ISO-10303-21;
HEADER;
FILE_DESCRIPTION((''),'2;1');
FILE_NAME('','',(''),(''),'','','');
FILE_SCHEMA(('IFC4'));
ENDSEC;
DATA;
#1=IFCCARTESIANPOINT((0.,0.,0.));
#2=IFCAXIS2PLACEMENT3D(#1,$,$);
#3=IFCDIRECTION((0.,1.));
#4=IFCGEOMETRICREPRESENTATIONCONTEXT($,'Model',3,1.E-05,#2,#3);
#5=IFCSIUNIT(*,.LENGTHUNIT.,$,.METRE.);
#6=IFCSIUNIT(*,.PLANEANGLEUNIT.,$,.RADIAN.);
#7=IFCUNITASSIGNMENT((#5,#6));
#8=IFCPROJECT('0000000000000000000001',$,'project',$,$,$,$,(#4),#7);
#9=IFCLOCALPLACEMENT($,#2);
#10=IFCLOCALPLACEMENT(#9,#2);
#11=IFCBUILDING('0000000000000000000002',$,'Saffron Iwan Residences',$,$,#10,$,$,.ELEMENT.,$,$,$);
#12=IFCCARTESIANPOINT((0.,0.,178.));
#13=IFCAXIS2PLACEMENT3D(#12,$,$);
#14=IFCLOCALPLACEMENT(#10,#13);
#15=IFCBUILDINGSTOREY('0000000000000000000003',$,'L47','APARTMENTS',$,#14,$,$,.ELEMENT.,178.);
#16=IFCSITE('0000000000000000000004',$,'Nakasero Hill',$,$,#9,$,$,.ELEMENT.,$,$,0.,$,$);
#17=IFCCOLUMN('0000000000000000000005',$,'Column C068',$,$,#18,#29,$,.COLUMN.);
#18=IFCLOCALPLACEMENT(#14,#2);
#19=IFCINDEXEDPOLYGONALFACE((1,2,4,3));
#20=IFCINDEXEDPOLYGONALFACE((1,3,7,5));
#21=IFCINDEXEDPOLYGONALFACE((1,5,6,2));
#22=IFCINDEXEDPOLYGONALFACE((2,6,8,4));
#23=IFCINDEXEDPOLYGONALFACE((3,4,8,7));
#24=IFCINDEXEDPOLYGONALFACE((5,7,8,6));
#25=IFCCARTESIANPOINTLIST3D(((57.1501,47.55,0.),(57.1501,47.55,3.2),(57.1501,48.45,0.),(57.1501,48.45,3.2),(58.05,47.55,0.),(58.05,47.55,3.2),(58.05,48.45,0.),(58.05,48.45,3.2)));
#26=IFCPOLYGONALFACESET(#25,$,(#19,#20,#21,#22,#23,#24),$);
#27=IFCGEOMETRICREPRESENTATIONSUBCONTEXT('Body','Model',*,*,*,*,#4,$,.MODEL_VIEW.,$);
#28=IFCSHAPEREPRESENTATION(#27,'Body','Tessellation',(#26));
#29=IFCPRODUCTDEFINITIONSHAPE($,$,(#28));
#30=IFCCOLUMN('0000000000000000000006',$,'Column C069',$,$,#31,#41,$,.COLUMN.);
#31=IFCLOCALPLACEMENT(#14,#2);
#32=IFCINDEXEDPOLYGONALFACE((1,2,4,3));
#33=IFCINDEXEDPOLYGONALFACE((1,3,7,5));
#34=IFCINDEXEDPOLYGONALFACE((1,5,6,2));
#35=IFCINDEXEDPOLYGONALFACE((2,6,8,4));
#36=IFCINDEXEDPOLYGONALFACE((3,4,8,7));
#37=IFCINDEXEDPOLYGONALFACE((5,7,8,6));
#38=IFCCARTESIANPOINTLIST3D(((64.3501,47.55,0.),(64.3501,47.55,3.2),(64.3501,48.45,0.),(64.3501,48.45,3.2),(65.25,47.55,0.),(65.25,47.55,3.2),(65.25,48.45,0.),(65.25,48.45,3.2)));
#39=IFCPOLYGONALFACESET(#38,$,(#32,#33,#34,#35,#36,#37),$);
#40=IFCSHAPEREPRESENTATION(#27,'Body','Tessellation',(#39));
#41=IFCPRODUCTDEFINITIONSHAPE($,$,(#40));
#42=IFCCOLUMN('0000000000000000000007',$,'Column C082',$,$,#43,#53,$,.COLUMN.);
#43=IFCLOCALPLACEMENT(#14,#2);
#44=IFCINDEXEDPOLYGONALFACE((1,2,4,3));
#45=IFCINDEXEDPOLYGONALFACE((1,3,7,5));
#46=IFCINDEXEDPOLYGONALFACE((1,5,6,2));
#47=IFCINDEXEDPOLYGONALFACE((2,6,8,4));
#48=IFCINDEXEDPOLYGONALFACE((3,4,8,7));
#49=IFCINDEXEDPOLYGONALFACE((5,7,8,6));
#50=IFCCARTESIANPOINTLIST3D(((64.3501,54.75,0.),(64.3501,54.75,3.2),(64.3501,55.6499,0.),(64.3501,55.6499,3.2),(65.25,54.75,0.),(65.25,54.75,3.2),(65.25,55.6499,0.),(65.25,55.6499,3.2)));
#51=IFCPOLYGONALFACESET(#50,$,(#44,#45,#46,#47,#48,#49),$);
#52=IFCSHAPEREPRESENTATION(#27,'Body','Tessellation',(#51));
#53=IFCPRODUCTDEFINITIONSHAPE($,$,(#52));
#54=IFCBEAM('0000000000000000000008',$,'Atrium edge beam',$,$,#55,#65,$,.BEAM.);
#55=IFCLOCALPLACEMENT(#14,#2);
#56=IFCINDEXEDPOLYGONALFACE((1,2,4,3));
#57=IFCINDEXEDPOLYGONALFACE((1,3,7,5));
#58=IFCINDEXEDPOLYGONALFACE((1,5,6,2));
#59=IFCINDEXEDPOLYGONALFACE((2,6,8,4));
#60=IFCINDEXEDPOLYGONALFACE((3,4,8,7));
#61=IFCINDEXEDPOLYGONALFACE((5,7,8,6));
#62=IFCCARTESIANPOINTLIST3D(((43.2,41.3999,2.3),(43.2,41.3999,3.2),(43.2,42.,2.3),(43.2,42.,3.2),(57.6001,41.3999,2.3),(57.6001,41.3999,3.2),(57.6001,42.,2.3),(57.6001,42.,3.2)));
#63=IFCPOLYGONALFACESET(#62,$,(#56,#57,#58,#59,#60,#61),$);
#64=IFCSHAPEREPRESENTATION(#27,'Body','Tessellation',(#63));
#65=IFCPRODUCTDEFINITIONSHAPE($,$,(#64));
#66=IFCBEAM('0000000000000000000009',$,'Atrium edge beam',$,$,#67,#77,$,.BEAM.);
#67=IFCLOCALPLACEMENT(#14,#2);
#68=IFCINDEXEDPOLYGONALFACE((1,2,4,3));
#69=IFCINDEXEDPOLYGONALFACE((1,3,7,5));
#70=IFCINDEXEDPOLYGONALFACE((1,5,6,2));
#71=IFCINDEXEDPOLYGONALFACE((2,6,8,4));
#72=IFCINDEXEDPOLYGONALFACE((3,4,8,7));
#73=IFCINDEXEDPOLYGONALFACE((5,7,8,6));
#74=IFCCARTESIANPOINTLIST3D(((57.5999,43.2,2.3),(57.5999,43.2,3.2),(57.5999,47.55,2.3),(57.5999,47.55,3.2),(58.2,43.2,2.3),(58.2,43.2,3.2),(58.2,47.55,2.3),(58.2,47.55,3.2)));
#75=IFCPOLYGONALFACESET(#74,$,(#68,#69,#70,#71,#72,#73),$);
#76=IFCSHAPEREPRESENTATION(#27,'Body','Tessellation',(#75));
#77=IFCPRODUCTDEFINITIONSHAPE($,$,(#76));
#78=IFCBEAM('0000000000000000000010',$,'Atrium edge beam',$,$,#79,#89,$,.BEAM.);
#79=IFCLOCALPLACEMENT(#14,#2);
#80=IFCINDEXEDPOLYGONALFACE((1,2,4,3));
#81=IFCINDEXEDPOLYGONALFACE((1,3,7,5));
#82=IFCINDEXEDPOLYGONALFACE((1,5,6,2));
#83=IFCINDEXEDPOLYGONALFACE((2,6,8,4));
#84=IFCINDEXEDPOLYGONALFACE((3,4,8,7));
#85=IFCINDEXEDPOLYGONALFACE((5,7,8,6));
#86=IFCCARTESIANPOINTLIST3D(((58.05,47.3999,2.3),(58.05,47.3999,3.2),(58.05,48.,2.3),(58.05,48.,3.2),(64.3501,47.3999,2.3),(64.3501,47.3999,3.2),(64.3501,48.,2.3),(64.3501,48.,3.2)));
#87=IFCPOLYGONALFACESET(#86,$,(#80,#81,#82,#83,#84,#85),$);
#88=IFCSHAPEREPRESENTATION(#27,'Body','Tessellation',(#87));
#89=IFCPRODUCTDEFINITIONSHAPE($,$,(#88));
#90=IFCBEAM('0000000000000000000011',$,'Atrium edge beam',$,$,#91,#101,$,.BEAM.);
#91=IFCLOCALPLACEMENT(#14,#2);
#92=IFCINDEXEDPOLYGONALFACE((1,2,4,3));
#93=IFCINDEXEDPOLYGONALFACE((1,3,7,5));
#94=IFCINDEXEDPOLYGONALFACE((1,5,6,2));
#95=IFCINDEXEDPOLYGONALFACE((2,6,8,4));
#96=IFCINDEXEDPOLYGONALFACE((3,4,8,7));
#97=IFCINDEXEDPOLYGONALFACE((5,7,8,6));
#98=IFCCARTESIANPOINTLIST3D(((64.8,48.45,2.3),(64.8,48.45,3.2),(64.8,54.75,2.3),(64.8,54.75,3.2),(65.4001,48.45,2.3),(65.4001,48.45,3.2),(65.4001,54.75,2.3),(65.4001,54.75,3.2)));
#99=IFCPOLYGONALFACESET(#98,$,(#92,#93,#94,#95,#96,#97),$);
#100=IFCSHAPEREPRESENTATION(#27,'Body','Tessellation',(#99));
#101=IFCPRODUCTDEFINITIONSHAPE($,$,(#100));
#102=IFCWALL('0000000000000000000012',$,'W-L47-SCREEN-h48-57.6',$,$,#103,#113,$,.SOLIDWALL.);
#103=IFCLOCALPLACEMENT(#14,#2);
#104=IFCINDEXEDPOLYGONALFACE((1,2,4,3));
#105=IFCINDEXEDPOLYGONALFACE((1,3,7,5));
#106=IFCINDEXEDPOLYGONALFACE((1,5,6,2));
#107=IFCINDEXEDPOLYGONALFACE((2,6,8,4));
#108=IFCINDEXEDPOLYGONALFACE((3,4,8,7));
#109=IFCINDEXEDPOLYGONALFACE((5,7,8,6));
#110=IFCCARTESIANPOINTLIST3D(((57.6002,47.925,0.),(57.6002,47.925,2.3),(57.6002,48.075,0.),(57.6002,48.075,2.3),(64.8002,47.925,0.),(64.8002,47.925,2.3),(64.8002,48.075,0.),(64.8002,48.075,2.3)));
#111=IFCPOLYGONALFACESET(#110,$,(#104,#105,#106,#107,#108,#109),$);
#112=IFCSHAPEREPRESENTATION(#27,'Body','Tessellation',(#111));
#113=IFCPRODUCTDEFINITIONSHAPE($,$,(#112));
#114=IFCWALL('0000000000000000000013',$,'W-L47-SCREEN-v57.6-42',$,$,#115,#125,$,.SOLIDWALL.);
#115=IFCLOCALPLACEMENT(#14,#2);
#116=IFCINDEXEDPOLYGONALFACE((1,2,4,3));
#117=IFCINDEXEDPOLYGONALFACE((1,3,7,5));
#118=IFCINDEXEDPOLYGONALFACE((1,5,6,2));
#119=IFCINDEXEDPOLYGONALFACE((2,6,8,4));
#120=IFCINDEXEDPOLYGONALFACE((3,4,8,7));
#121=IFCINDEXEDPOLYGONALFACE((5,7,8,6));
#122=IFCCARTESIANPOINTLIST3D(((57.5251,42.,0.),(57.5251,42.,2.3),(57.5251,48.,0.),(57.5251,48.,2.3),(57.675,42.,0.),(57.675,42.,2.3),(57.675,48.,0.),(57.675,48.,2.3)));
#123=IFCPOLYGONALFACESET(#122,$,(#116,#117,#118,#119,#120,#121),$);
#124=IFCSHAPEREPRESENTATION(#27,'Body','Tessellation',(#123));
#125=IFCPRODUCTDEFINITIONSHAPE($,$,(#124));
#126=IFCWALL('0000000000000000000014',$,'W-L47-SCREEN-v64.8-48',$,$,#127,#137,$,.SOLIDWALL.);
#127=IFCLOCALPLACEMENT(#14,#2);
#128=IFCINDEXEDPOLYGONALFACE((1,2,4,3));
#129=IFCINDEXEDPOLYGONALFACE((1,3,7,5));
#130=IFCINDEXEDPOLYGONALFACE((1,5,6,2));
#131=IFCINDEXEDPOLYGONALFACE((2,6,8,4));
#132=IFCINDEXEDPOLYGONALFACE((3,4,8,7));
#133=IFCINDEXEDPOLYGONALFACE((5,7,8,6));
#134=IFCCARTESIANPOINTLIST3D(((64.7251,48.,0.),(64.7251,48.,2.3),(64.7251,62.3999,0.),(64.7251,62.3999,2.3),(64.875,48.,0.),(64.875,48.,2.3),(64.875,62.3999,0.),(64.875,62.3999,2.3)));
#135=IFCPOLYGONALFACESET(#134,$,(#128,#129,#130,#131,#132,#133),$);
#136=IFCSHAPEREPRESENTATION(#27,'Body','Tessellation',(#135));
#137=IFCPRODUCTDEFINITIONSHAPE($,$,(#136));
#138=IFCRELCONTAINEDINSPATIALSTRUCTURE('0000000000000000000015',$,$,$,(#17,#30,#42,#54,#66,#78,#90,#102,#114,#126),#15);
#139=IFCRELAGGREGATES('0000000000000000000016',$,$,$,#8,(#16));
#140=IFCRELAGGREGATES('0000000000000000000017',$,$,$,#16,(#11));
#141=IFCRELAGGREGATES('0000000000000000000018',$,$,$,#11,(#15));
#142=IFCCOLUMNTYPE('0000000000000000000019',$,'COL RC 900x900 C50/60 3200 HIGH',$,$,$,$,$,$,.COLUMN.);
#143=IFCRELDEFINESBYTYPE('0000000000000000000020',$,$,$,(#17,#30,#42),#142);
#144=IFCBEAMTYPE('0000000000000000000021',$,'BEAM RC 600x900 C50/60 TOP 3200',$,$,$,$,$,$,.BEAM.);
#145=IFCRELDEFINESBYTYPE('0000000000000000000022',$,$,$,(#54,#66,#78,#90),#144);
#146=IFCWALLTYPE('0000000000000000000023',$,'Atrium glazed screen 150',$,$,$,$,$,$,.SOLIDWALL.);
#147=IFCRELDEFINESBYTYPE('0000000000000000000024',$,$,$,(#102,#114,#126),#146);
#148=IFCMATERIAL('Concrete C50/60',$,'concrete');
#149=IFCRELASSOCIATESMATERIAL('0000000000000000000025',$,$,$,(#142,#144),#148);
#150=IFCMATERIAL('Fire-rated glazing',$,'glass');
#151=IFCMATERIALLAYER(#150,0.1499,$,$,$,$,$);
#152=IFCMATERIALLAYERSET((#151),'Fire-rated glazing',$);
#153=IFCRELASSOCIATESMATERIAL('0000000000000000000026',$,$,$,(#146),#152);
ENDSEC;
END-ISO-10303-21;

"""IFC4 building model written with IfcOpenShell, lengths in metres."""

from ifc_helpers import new_model, si_unit, direction, frame, frame_2d, origin, origin_2d, place, context, subcontext, project, spatial, rectangle, extrude, source, transform, mapped, material, layer, layer_set, material_profile, profile_set, type_object, element, save


model = new_model("IFC4")

# Units and contexts
model_context = context("Model", 3, precision=1e-05, world=origin(), true_north=direction((0.0, 1.0)))
body_context = subcontext(model_context, "Body", "Model", "MODEL_VIEW")
ifc_project = project(units=[si_unit("LENGTHUNIT", "METRE"), si_unit("PLANEANGLEUNIT", "RADIAN")], contexts=[model_context])

# Site, building, storey
site_placement = place(None, origin())
site = spatial("IfcSite", under=ifc_project, at=site_placement, Name="Nakasero Hill", CompositionType="ELEMENT", RefElevation=0.0)
building_placement = place(site_placement, origin())
building = spatial("IfcBuilding", under=site, at=building_placement, Name="Saffron Iwan Residences", CompositionType="ELEMENT")
storey_placement = place(building_placement, frame((0.0, 0.0, 178.0)))
storey = spatial("IfcBuildingStorey", under=building, at=storey_placement, Name="L47", Description="APARTMENTS", CompositionType="ELEMENT", Elevation=178.0)

# Columns
ifc_material_1 = material(Name="Concrete C50/60", Category="concrete")
ifc_material_profile_1 = material_profile(ifc_material_1, rectangle(XDim=0.8999, YDim=0.8999, at=origin_2d()), Name="RC 900x900")
ifc_profile_set_1 = profile_set([ifc_material_profile_1], Name="Concrete C50/60")
column_type = type_object("IfcColumnType", Name="COL RC 900x900 C50/60 3200 HIGH", PredefinedType="COLUMN", material=ifc_profile_set_1)
shared_shape_1 = source(origin(), body_context, "Body", "SweptSolid", [
    extrude(rectangle(XDim=0.8999, YDim=0.8999, at=origin_2d()), origin(), (0.0, 0.0, 1.0), 3.2),
])
for number, where, z_axis, x_axis, name in (
    (1, (57.6001, 48.0, 0.0), (0.0, 0.0, 1.0), (1.0, 0.0, 0.0), "Column C068"),
    (2, (64.8, 48.0, 0.0), (0.0, 0.0, 1.0), (1.0, 0.0, 0.0), "Column C069"),
    (3, (64.8, 55.2, 0.0), (0.0, 0.0, 1.0), (1.0, 0.0, 0.0), "Column C082"),
):
    element("IfcColumn", number, at=place(storey_placement, frame(where, z_axis=z_axis, x_axis=x_axis)), inside=storey, type_object=column_type, Name=name, PredefinedType="COLUMN", context=body_context, shape_type="MappedRepresentation", body=[
        mapped(shared_shape_1, transform((0.0, 0.0, 0.0))),
    ])

# Beams
ifc_material_profile_2 = material_profile(ifc_material_1, rectangle(XDim=0.6001, YDim=0.8999, at=origin_2d()), Name="RC 600x900")
ifc_profile_set_2 = profile_set([ifc_material_profile_2], Name="Concrete C50/60")
beam_type = type_object("IfcBeamType", Name="BEAM RC 600x900 C50/60 TOP 3200", PredefinedType="BEAM", material=ifc_profile_set_2)
shared_shape_2 = source(origin(), body_context, "Body", "SweptSolid", [
    extrude(rectangle(XDim=0.6001, YDim=0.8999, at=origin_2d()), origin(), (0.0, 0.0, 1.0), 14.4001),
])
beam_1_placement = place(storey_placement, frame((57.6001, 41.7, 2.75), z_axis=(-1.0, 0.0, 0.0), x_axis=(0.0, -1.0, 0.0)))
element("IfcBeam", 4, at=beam_1_placement, inside=storey, type_object=beam_type, Name="Atrium edge beam", PredefinedType="BEAM", context=body_context, shape_type="MappedRepresentation", body=[
    mapped(shared_shape_2, transform((0.0, 0.0, 0.0))),
])
shared_shape_3 = source(origin(), body_context, "Body", "SweptSolid", [
    extrude(rectangle(XDim=0.6001, YDim=0.8999, at=origin_2d()), origin(), (0.0, 0.0, 1.0), 4.3501),
])
beam_2_placement = place(storey_placement, frame((57.8999, 47.55, 2.75), z_axis=(0.0, -1.0, 0.0), x_axis=(1.0, 0.0, 0.0)))
element("IfcBeam", 5, at=beam_2_placement, inside=storey, type_object=beam_type, Name="Atrium edge beam", PredefinedType="BEAM", context=body_context, shape_type="MappedRepresentation", body=[
    mapped(shared_shape_3, transform((0.0, 0.0, 0.0))),
])
shared_shape_4 = source(origin(), body_context, "Body", "SweptSolid", [
    extrude(rectangle(XDim=0.6001, YDim=0.8999, at=origin_2d()), origin(), (0.0, 0.0, 1.0), 6.3),
])
for number, where, z_axis, x_axis, name in (
    (6, (64.3501, 47.7, 2.75), (-1.0, 0.0, 0.0), (0.0, -1.0, 0.0), "Atrium edge beam"),
    (7, (65.1001, 54.75, 2.75), (0.0, -1.0, 0.0), (1.0, 0.0, 0.0), "Atrium edge beam"),
):
    element("IfcBeam", number, at=place(storey_placement, frame(where, z_axis=z_axis, x_axis=x_axis)), inside=storey, type_object=beam_type, Name=name, PredefinedType="BEAM", context=body_context, shape_type="MappedRepresentation", body=[
        mapped(shared_shape_4, transform((0.0, 0.0, 0.0))),
    ])

# Walls
ifc_material_2 = material(Name="Fire-rated glazing", Category="glass")
ifc_layer_1 = layer(ifc_material_2, 0.1499)
ifc_layer_set_1 = layer_set([ifc_layer_1], Name="Fire-rated glazing")
wall_type_1 = type_object("IfcWallType", Name="Atrium glazed screen 150", PredefinedType="SOLIDWALL", material=ifc_layer_set_1)
wall_1_placement = place(storey_placement, frame((57.6001, 48.0, 0.0), z_axis=(0.0, 0.0, 1.0), x_axis=(1.0, 0.0, 0.0)))
element("IfcWall", 8, at=wall_1_placement, inside=storey, type_object=wall_type_1, Name="W-L47-SCREEN-h48-57.6", PredefinedType="SOLIDWALL", context=body_context, shape_type="SweptSolid", body=[
    extrude(rectangle(XDim=7.2, YDim=0.1499, at=frame_2d((3.6001, 0.0))), origin(), (0.0, 0.0, 1.0), 2.3),
])
wall_2_placement = place(storey_placement, frame((57.6001, 42.0, 0.0), z_axis=(0.0, 0.0, 1.0), x_axis=(0.0, 1.0, 0.0)))
element("IfcWall", 9, at=wall_2_placement, inside=storey, type_object=wall_type_1, Name="W-L47-SCREEN-v57.6-42", PredefinedType="SOLIDWALL", context=body_context, shape_type="SweptSolid", body=[
    extrude(rectangle(XDim=6.0, YDim=0.1499, at=frame_2d((3.0, 0.0))), origin(), (0.0, 0.0, 1.0), 2.3),
])
wall_3_placement = place(storey_placement, frame((64.8, 48.0, 0.0), z_axis=(0.0, 0.0, 1.0), x_axis=(0.0, 1.0, 0.0)))
element("IfcWall", 10, at=wall_3_placement, inside=storey, type_object=wall_type_1, Name="W-L47-SCREEN-v64.8-48", PredefinedType="SOLIDWALL", context=body_context, shape_type="SweptSolid", body=[
    extrude(rectangle(XDim=14.3999, YDim=0.1499, at=frame_2d((7.2, 0.0))), origin(), (0.0, 0.0, 1.0), 2.3),
])

save(model, "model.ifc")
